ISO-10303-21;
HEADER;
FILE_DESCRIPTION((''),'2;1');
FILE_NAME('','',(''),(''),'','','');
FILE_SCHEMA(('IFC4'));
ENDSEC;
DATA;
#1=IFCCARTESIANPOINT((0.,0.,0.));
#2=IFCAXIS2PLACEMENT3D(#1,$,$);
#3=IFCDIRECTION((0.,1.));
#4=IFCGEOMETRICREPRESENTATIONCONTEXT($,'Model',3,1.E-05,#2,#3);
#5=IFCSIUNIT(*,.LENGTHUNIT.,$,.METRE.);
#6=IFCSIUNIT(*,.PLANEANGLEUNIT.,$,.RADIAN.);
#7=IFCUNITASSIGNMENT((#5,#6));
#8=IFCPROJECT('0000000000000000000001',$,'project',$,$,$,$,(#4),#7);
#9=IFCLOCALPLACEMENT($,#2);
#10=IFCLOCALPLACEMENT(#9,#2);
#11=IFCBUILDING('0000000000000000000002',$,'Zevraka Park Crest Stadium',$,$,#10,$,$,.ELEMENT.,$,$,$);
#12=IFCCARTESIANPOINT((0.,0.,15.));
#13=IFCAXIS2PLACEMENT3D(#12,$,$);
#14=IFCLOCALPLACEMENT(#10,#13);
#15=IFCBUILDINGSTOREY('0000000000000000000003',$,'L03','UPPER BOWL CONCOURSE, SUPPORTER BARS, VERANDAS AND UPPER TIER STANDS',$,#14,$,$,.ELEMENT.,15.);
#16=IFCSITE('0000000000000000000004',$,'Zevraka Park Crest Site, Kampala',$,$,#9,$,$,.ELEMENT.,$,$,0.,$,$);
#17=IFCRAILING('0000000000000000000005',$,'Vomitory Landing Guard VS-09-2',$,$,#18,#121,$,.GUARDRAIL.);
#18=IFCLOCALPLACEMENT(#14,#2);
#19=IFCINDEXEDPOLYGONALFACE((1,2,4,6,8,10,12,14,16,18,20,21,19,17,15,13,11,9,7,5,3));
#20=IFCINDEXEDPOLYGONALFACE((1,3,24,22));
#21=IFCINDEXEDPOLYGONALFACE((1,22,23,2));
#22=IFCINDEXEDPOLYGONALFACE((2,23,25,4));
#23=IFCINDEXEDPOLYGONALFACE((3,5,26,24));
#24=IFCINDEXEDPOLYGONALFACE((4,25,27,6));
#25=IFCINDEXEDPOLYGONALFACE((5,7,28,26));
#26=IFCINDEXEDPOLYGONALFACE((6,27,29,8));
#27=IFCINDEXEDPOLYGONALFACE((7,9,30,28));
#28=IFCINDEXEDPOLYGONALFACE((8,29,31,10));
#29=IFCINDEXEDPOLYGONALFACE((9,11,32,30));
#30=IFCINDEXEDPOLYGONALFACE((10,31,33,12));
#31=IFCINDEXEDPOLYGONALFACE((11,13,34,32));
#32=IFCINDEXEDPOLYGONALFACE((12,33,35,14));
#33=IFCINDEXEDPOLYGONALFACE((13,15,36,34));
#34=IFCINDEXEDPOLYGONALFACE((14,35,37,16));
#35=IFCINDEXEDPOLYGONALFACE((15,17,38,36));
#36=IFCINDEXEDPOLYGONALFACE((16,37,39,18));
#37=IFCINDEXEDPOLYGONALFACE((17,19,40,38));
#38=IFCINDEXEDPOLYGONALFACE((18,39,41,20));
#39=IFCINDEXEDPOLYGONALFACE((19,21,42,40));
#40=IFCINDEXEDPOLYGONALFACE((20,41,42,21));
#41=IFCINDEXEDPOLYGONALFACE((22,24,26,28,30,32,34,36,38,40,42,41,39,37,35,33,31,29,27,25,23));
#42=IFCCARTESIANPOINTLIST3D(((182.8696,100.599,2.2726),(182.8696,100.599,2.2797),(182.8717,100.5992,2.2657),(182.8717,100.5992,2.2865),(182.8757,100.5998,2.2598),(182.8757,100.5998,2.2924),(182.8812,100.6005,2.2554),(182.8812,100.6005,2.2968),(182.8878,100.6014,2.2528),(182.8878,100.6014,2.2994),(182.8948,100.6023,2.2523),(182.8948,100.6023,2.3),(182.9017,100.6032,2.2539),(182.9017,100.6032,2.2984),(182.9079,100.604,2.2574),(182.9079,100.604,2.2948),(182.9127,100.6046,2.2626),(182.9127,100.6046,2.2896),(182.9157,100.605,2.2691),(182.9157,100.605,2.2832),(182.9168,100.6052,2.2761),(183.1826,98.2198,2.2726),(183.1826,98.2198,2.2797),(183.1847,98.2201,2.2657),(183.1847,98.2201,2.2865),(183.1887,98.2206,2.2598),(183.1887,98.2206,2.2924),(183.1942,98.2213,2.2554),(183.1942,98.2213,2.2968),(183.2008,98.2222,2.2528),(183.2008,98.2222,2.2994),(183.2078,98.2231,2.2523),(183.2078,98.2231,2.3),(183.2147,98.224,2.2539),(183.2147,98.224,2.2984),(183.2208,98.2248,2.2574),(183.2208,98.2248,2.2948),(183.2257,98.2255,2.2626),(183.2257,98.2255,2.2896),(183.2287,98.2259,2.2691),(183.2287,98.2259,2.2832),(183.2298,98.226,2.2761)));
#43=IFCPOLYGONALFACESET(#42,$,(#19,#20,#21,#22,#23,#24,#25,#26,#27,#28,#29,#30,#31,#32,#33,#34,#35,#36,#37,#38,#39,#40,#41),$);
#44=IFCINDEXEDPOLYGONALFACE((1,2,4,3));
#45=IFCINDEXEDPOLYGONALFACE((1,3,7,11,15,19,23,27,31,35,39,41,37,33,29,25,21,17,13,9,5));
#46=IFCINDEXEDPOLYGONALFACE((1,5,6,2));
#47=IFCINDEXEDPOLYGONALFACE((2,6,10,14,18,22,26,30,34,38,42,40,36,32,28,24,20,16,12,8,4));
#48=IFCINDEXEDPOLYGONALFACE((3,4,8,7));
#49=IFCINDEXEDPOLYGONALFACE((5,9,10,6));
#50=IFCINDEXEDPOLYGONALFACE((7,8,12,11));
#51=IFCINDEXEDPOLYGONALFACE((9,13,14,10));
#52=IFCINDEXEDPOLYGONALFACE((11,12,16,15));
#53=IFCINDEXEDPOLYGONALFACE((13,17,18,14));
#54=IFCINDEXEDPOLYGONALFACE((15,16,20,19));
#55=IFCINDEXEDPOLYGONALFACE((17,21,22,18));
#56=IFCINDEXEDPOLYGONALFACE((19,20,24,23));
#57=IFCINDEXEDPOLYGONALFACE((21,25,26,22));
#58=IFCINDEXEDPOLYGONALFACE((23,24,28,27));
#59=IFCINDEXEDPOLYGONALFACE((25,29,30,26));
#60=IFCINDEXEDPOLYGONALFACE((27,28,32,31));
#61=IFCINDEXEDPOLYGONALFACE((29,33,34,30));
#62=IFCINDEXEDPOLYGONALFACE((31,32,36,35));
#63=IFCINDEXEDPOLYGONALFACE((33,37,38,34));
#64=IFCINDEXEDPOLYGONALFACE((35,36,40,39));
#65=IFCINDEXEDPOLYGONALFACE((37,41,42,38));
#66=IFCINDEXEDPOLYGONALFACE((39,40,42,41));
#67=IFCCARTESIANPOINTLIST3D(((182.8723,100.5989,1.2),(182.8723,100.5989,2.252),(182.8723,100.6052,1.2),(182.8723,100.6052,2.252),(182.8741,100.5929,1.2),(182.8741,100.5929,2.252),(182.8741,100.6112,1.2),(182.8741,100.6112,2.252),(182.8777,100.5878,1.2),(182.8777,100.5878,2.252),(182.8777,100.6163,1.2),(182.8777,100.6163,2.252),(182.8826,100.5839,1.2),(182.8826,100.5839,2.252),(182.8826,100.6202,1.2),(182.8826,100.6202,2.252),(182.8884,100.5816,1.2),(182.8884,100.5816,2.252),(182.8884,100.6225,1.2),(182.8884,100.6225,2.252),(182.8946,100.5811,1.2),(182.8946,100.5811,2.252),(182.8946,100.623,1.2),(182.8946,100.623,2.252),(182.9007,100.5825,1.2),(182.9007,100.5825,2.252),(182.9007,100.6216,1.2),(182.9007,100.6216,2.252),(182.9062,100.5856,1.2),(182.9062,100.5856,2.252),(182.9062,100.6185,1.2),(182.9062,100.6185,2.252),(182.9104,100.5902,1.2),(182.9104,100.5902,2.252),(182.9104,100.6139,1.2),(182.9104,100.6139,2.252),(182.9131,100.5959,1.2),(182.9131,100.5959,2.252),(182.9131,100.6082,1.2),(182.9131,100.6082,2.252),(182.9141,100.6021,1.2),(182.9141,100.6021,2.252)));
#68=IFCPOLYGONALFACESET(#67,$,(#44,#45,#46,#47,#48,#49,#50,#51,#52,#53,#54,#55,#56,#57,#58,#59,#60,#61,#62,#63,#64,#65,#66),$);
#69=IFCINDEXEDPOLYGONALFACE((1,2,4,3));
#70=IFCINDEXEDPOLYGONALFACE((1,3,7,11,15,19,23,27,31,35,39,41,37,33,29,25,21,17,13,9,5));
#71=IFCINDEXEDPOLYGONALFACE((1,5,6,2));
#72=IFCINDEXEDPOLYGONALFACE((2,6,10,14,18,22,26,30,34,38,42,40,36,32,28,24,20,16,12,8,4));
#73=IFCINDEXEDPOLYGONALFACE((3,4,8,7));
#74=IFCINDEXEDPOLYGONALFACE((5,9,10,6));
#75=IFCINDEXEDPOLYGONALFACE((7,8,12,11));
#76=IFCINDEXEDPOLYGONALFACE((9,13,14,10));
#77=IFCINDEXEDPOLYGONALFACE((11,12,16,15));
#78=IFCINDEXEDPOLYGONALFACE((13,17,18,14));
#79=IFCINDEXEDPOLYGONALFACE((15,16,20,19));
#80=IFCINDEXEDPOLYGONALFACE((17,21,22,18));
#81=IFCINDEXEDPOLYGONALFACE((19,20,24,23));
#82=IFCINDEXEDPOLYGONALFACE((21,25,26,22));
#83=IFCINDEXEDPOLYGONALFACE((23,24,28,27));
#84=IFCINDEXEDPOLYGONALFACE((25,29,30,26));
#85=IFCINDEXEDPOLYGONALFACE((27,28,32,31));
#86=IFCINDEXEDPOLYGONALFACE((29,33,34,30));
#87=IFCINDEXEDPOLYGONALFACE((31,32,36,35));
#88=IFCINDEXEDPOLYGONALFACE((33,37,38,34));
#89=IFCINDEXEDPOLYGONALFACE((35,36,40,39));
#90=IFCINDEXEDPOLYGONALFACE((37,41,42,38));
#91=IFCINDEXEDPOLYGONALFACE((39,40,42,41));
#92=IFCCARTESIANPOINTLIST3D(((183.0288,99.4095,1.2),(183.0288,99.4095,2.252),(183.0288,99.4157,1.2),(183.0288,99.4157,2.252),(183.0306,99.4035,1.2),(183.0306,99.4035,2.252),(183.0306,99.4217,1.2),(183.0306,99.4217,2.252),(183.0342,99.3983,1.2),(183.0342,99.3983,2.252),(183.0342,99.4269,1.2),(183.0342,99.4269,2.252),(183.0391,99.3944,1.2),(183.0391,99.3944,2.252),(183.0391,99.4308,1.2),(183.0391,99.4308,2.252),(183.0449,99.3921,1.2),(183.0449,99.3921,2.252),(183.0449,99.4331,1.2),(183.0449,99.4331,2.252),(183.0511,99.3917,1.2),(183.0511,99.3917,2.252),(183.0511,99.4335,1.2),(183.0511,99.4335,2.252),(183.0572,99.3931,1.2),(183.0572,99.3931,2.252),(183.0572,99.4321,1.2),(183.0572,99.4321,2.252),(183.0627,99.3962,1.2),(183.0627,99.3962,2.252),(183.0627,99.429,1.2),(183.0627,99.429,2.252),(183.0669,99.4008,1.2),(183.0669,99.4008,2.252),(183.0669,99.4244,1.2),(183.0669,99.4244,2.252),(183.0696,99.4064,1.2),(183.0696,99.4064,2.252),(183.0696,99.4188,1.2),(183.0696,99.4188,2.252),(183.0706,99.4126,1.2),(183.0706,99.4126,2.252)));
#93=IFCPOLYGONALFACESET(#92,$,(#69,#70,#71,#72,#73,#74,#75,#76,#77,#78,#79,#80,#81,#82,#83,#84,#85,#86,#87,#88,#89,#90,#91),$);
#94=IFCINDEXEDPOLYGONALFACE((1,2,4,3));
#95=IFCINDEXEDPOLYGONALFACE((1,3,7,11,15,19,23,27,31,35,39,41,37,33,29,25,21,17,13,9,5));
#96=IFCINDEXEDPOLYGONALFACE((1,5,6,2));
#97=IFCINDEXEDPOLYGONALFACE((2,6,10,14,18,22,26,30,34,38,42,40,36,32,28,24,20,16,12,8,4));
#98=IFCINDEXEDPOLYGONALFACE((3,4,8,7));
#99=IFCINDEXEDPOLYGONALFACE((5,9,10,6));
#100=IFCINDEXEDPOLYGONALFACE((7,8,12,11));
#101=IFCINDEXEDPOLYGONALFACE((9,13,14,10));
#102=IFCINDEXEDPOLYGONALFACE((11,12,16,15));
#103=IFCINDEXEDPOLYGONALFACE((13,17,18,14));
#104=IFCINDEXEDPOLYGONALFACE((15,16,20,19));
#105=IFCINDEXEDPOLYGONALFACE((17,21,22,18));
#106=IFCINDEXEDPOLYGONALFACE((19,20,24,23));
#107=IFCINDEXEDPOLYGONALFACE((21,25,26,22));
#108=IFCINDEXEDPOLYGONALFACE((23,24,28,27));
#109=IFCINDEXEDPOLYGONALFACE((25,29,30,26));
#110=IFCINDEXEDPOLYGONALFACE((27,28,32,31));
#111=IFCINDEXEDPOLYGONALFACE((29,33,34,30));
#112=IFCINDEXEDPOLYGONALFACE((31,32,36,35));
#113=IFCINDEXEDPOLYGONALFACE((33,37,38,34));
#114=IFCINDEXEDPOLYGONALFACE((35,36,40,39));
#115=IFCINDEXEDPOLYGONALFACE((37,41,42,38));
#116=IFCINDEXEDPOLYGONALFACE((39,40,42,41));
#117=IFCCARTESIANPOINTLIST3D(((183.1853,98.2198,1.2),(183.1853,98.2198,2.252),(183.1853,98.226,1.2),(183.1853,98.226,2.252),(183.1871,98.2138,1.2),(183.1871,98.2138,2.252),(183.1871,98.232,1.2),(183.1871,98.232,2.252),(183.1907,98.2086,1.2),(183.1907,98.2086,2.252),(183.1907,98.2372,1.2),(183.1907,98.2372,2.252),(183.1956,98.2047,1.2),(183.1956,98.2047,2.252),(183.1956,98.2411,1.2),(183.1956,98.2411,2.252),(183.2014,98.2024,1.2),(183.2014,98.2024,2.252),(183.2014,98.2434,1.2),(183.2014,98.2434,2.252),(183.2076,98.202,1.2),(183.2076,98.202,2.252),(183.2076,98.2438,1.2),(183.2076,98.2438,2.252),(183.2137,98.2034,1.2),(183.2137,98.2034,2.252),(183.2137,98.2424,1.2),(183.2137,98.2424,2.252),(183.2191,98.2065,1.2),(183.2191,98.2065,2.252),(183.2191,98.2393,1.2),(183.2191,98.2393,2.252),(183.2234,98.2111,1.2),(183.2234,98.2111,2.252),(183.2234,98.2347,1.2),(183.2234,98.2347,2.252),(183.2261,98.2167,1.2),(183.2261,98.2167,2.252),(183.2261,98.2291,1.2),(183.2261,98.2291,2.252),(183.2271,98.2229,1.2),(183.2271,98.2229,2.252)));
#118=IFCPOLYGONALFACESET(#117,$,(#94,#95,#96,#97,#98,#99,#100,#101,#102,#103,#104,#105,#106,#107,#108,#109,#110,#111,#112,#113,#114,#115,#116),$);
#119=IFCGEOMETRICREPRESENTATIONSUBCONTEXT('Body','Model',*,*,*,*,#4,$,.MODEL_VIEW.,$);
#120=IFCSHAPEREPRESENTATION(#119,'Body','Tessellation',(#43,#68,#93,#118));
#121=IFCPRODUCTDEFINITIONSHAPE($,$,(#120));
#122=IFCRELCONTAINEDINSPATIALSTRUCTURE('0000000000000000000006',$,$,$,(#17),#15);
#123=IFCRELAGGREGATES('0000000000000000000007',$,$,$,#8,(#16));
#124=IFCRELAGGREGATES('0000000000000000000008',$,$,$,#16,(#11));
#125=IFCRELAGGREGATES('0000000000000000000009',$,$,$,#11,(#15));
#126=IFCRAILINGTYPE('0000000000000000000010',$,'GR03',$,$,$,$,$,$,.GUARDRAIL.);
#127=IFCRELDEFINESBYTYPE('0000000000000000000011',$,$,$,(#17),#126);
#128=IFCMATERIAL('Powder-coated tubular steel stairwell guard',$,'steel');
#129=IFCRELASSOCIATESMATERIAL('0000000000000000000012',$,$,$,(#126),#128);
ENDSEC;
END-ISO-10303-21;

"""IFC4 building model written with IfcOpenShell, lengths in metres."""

from ifc_helpers import new_model, si_unit, direction, frame, origin, origin_2d, place, context, subcontext, project, spatial, circle, extrude, material, type_object, element, save


model = new_model("IFC4")

# Units and contexts
model_context = context("Model", 3, precision=1e-05, world=origin(), true_north=direction((0.0, 1.0)))
body_context = subcontext(model_context, "Body", "Model", "MODEL_VIEW")
ifc_project = project(units=[si_unit("LENGTHUNIT", "METRE"), si_unit("PLANEANGLEUNIT", "RADIAN")], contexts=[model_context])

# Site, building, storey
site_placement = place(None, origin())
site = spatial("IfcSite", under=ifc_project, at=site_placement, Name="Zevraka Park Crest Site, Kampala", CompositionType="ELEMENT", RefElevation=0.0)
building_placement = place(site_placement, origin())
building = spatial("IfcBuilding", under=site, at=building_placement, Name="Zevraka Park Crest Stadium", CompositionType="ELEMENT")
storey_placement = place(building_placement, frame((0.0, 0.0, 15.0)))
storey = spatial("IfcBuildingStorey", under=building, at=storey_placement, Name="L03", Description="UPPER BOWL CONCOURSE, SUPPORTER BARS, VERANDAS AND UPPER TIER STANDS", CompositionType="ELEMENT", Elevation=15.0)

# Railing
ifc_material_1 = material(Name="Powder-coated tubular steel stairwell guard", Category="steel")
railing_type_1 = type_object("IfcRailingType", Name="GR03", PredefinedType="GUARDRAIL", material=ifc_material_1)
railing_1_placement = place(storey_placement, frame((182.8931, 100.6021, 1.2)))
element("IfcRailing", 1, at=railing_1_placement, inside=storey, type_object=railing_type_1, Name="Vomitory Landing Guard VS-09-2", PredefinedType="GUARDRAIL", context=body_context, shape_type="SweptSolid", body=[
    extrude(circle(Radius=0.0239, at=origin_2d()), frame((0.0, 0.0, 1.0762), z_axis=(0.130431, -0.991457, 0.0), x_axis=(0.991457, 0.130431, 0.0)), (0.0, 0.0, 1.0), 2.3997),
    extrude(circle(Radius=0.021, at=origin_2d()), origin(), (0.0, 0.0, 1.0), 1.052),
    extrude(circle(Radius=0.021, at=origin_2d()), frame((0.1565, -1.1895, 0.0)), (0.0, 0.0, 1.0), 1.052),
    extrude(circle(Radius=0.021, at=origin_2d()), frame((0.313, -2.3792, 0.0)), (0.0, 0.0, 1.0), 1.052),
])

save(model, "model.ifc")
